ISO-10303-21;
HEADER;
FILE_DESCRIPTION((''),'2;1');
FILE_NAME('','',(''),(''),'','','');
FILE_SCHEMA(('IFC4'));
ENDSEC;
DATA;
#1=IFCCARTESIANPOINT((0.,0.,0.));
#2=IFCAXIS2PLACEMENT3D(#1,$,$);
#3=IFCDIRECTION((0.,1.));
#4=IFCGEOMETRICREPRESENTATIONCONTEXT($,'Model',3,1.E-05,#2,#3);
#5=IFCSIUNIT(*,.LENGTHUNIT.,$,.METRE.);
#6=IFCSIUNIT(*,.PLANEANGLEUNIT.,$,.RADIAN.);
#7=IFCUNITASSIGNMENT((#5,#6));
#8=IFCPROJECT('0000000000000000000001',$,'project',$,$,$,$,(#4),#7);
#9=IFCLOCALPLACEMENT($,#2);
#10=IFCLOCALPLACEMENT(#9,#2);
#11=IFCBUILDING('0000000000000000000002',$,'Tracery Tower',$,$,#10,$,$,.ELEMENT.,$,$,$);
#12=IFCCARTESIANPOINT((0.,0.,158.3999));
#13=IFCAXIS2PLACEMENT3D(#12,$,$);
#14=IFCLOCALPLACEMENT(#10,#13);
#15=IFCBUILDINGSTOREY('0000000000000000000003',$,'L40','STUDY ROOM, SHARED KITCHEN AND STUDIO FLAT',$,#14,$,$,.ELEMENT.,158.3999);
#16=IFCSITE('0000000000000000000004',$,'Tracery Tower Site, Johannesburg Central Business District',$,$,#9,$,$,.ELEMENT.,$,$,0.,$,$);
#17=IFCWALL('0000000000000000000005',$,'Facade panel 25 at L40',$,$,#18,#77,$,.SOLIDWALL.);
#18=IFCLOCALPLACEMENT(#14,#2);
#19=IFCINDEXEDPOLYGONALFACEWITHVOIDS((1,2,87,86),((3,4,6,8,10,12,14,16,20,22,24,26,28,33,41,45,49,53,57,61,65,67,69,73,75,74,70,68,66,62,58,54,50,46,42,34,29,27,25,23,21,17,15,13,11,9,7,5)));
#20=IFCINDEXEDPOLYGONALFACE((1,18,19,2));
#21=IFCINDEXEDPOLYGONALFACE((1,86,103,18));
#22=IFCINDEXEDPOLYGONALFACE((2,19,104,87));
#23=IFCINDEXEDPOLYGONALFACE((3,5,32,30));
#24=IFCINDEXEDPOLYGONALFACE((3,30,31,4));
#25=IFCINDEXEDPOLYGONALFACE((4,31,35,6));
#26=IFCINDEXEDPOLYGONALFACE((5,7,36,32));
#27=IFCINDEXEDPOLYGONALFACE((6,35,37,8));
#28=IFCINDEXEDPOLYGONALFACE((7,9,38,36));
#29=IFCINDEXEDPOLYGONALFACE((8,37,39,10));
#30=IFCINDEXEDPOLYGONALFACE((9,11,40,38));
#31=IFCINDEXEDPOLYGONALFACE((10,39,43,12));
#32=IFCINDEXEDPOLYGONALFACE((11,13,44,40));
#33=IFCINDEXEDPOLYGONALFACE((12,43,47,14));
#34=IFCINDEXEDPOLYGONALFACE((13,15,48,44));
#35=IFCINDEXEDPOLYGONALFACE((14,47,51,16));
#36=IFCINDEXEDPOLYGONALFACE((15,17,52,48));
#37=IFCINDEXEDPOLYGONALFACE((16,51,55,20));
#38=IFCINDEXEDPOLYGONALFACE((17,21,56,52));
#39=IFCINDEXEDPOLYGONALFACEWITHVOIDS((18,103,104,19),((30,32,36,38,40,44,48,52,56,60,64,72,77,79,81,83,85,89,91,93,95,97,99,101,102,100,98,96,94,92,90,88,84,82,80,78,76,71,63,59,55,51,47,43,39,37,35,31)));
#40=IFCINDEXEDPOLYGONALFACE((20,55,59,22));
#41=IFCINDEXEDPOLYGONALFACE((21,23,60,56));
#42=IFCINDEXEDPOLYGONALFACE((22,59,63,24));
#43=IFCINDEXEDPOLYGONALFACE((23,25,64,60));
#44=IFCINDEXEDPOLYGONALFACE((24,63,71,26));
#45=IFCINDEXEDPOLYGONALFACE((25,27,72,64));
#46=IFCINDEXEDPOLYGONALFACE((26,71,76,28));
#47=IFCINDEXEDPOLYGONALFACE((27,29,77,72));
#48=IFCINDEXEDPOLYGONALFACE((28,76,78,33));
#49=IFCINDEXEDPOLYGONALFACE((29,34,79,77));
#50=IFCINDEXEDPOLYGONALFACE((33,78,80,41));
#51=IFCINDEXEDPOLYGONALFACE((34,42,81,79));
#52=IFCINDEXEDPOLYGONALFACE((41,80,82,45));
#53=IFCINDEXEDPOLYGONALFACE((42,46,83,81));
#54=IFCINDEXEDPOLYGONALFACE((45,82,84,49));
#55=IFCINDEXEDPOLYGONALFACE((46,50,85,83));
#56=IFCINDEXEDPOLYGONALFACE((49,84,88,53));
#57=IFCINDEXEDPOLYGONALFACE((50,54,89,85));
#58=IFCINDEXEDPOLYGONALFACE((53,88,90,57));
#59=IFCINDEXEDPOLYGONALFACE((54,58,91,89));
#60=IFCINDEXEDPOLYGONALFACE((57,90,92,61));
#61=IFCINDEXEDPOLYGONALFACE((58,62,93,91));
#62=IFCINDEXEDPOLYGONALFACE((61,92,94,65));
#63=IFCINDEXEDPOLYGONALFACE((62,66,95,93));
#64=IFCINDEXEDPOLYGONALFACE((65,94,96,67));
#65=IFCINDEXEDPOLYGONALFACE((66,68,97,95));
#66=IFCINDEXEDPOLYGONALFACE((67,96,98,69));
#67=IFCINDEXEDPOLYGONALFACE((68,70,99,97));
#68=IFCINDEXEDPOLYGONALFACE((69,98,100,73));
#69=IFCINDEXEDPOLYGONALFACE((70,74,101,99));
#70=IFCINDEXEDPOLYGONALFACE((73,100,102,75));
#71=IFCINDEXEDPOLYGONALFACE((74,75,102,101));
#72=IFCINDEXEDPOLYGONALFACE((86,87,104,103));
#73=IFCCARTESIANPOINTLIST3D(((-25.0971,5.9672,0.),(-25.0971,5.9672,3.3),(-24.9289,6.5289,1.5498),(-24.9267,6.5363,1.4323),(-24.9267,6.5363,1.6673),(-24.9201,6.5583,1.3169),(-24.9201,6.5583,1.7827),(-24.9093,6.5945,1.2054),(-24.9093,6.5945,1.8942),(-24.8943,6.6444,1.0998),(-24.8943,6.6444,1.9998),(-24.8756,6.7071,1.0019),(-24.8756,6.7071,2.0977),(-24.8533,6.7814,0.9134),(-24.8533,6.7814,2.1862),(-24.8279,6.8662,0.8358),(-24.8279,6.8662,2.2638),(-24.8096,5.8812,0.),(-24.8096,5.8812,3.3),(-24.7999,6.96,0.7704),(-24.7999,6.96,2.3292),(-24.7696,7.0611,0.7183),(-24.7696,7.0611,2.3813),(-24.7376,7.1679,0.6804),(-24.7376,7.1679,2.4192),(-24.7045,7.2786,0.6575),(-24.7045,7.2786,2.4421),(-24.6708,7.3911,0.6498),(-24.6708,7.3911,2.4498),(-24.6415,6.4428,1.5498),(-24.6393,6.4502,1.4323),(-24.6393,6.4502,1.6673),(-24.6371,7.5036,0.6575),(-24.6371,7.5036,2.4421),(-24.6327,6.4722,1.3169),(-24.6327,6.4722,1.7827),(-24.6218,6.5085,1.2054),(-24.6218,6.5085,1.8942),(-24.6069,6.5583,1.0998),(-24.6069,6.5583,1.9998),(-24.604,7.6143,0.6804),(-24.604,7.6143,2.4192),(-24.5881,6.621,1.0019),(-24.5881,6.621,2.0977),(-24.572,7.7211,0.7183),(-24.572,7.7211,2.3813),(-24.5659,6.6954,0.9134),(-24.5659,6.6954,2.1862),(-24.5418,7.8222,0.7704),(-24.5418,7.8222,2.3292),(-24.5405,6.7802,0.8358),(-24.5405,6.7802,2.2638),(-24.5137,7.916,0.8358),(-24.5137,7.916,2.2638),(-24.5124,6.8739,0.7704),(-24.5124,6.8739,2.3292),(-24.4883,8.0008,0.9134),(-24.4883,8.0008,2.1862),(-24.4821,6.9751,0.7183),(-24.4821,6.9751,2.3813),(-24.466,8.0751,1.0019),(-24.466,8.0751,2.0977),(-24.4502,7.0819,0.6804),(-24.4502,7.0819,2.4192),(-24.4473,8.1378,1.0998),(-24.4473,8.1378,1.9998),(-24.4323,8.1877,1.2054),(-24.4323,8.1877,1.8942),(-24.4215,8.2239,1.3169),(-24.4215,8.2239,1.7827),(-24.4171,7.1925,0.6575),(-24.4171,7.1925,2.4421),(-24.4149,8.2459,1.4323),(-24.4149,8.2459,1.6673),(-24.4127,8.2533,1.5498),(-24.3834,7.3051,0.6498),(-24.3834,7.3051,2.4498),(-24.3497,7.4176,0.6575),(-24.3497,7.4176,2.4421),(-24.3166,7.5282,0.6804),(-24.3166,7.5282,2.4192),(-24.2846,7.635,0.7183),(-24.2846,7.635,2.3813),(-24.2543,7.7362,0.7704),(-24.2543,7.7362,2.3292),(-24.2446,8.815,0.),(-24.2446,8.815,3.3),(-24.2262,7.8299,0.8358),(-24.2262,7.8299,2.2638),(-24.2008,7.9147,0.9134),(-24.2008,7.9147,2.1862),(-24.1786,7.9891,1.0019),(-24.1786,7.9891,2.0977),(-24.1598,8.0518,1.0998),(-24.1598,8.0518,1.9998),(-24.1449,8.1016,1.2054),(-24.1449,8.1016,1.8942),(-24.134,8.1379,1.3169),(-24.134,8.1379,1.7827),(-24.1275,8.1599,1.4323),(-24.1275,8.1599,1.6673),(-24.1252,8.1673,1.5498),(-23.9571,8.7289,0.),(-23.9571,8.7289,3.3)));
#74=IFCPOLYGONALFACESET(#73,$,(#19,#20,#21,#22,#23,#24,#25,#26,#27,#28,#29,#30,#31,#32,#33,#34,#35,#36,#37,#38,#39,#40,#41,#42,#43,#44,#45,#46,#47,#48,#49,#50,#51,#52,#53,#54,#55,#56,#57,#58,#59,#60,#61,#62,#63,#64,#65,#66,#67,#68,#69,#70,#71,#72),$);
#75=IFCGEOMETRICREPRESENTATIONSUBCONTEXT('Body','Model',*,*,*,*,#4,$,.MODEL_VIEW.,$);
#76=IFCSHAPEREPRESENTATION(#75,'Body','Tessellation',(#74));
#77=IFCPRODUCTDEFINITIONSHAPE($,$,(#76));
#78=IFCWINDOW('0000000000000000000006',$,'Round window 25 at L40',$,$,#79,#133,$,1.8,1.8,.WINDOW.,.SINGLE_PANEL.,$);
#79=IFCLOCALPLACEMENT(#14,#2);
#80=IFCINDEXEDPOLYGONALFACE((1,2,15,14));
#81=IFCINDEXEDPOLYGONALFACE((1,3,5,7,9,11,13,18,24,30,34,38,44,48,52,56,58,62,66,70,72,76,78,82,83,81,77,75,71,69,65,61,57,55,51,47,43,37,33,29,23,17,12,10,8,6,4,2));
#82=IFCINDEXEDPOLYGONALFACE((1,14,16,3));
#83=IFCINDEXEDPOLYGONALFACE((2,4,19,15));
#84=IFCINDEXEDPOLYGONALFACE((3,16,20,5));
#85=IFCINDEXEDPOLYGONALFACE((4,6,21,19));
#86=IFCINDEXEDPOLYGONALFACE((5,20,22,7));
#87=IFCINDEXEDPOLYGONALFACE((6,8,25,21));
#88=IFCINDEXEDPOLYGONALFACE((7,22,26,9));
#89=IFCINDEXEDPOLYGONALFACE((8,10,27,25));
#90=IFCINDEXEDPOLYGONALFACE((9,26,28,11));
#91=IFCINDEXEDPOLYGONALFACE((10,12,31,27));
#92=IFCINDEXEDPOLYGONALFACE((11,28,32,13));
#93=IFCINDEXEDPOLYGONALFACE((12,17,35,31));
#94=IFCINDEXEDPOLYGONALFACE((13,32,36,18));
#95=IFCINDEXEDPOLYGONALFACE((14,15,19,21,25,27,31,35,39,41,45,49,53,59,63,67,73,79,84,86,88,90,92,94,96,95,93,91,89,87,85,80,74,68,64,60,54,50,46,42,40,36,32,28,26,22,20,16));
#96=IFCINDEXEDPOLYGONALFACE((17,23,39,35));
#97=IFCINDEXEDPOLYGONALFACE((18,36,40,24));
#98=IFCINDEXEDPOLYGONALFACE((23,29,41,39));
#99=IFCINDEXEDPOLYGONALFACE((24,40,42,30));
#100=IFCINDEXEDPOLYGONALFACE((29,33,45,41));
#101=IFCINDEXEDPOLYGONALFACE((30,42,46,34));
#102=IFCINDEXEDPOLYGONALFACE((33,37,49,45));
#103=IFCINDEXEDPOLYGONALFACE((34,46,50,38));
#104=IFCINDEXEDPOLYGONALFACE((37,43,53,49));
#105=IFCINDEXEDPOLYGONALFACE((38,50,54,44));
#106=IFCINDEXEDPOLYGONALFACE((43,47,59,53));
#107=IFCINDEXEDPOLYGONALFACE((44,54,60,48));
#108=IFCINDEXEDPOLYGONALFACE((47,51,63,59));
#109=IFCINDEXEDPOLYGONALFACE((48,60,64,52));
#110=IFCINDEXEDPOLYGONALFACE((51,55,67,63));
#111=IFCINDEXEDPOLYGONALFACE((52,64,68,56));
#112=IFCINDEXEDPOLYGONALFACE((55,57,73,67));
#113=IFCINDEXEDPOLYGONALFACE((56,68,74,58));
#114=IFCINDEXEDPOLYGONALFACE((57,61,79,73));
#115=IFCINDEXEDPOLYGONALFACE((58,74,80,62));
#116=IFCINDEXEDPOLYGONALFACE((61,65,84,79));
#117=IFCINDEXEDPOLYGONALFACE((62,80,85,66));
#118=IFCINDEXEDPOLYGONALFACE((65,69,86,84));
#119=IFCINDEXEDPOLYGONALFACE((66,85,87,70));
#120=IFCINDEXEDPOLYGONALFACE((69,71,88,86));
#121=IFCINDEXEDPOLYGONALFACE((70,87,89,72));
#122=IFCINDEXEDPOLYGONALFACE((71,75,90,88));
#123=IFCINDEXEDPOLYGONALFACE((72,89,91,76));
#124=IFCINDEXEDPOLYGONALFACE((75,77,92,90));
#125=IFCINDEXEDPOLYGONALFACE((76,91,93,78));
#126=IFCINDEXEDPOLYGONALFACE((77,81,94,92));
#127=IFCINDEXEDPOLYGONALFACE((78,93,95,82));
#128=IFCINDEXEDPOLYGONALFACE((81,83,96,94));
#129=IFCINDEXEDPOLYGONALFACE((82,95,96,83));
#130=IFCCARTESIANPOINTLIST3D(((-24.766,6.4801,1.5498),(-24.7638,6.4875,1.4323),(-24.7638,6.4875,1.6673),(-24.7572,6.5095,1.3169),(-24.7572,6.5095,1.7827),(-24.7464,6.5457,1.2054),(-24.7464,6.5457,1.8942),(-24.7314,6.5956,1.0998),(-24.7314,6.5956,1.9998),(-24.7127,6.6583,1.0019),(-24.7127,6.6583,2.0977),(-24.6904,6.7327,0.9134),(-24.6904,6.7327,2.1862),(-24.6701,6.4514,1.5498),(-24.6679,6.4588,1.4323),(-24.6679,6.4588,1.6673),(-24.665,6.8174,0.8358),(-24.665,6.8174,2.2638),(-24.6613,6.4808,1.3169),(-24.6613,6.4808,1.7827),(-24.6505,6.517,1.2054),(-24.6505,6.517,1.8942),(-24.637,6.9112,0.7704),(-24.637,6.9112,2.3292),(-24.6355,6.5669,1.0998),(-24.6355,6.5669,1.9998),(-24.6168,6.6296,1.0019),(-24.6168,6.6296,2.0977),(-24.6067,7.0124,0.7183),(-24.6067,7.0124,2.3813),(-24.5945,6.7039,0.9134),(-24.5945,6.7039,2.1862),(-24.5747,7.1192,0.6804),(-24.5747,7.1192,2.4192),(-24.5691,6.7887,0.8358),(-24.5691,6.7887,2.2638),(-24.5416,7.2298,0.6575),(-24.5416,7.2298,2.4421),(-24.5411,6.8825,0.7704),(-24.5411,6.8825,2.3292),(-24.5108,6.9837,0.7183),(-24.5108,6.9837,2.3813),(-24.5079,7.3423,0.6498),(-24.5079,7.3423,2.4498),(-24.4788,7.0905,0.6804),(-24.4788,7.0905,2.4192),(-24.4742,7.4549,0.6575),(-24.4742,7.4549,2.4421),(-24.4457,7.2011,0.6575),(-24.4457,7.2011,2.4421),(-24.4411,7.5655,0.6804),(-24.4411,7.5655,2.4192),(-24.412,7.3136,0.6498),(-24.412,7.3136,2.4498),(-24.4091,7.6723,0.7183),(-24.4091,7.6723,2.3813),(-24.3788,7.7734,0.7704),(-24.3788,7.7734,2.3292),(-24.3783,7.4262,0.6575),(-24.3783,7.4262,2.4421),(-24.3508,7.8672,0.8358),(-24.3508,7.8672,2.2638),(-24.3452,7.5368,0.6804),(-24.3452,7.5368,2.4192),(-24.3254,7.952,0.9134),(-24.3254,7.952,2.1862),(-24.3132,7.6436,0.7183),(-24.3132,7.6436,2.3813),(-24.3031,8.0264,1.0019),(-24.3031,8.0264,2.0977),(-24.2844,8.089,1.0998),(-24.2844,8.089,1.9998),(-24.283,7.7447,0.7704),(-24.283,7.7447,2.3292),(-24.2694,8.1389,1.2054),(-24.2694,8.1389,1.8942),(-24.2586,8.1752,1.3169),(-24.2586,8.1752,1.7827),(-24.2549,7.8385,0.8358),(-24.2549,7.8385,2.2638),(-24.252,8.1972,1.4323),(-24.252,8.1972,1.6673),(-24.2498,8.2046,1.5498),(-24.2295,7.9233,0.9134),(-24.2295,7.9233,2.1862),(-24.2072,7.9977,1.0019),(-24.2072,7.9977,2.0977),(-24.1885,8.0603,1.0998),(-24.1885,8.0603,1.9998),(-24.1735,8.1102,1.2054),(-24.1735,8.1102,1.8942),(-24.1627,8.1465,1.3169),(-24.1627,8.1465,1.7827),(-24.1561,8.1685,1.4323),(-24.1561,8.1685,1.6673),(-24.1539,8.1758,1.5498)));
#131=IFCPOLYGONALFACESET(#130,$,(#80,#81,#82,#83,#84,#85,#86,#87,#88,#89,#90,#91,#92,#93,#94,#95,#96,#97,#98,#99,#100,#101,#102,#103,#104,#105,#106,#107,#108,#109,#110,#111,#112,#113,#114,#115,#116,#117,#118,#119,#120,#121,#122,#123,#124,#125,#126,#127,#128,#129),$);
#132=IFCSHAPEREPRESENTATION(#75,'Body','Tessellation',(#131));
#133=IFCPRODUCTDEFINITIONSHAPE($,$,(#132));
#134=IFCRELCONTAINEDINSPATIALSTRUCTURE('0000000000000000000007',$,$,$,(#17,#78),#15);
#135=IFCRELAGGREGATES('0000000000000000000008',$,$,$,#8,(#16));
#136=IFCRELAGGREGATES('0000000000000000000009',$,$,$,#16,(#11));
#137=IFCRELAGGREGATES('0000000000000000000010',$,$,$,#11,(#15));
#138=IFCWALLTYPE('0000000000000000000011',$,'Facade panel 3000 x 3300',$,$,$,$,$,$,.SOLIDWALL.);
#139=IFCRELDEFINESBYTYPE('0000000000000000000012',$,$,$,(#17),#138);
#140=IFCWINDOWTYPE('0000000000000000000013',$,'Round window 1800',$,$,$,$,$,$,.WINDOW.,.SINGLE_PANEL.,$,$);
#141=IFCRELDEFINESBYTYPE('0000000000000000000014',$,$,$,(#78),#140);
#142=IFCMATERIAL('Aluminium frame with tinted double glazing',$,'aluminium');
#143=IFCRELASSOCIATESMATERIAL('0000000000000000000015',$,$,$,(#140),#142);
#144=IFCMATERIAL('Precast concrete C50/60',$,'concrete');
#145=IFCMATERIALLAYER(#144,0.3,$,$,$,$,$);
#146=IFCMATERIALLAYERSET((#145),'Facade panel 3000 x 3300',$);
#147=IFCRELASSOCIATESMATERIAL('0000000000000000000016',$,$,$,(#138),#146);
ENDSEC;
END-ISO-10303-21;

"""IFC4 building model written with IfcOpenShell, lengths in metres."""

from ifc_helpers import new_model, si_unit, direction, frame, frame_2d, origin, origin_2d, place, context, subcontext, project, spatial, rectangle, circle, extrude, material, layer, layer_set, type_object, element, fill, save


model = new_model("IFC4")

# Units and contexts
model_context = context("Model", 3, precision=1e-05, world=origin(), true_north=direction((0.0, 1.0)))
body_context = subcontext(model_context, "Body", "Model", "MODEL_VIEW")
ifc_project = project(units=[si_unit("LENGTHUNIT", "METRE"), si_unit("PLANEANGLEUNIT", "RADIAN")], contexts=[model_context])

# Site, building, storey
site_placement = place(None, origin())
site = spatial("IfcSite", under=ifc_project, at=site_placement, Name="Tracery Tower Site, Johannesburg Central Business District", CompositionType="ELEMENT", RefElevation=0.0)
building_placement = place(site_placement, origin())
building = spatial("IfcBuilding", under=site, at=building_placement, Name="Tracery Tower", CompositionType="ELEMENT")
storey_placement = place(building_placement, frame((0.0, 0.0, 158.3999)))
storey = spatial("IfcBuildingStorey", under=building, at=storey_placement, Name="L40", Description="STUDY ROOM, SHARED KITCHEN AND STUDIO FLAT", CompositionType="ELEMENT", Elevation=158.3999)

# Wall, opening, window
ifc_material_1 = material(Name="Aluminium frame with tinted double glazing", Category="aluminium")
window_type = type_object("IfcWindowType", Name="Round window 1800", PartitioningType="SINGLE_PANEL", PredefinedType="WINDOW", material=ifc_material_1)
ifc_material_2 = material(Name="Precast concrete C50/60", Category="concrete")
ifc_layer_1 = layer(ifc_material_2, 0.3)
ifc_layer_set_1 = layer_set([ifc_layer_1], Name="Facade panel 3000 x 3300")
wall_type_1 = type_object("IfcWallType", Name="Facade panel 3000 x 3300", PredefinedType="SOLIDWALL", material=ifc_layer_set_1)
wall_1_placement = place(storey_placement, frame((-24.1008, 8.772, 0.0), z_axis=(0.0, 0.0, 1.0), x_axis=(-0.286783, -0.957996, 0.0)))
wall_1 = element("IfcWall", 1, at=wall_1_placement, inside=storey, type_object=wall_type_1, Name="Facade panel 25 at L40", PredefinedType="SOLIDWALL", context=body_context, shape_type="SweptSolid", body=[
    extrude(rectangle(XDim=2.9727, YDim=0.3, at=frame_2d((1.4863, 0.0))), origin(), (0.0, 0.0, 1.0), 3.3),
])
opening_1_placement = place(wall_1_placement, frame((1.4863, 0.0, 1.5498)))
opening_1 = element("IfcOpeningElement", 2, at=opening_1_placement, cuts=wall_1, PredefinedType="OPENING", context=body_context, shape_type="SweptSolid", body=[
    extrude(circle(Radius=0.9, at=origin_2d()), frame((0.0, 0.1599, 0.0), z_axis=(0.0, -1.0, 0.0), x_axis=(1.0, 0.0, 0.0)), (0.0, 0.0, 1.0), 0.3201),
])
window_1_placement = place(opening_1_placement, origin())
window_1 = element("IfcWindow", 3, at=window_1_placement, inside=storey, type_object=window_type, Name="Round window 25 at L40", OverallHeight=1.8, OverallWidth=1.8, PartitioningType="SINGLE_PANEL", PredefinedType="WINDOW", context=body_context, shape_type="SweptSolid", body=[
    extrude(circle(Radius=0.9, at=origin_2d()), frame((0.0, 0.1201, 0.0), z_axis=(0.0, -1.0, 0.0), x_axis=(1.0, 0.0, 0.0)), (0.0, 0.0, 1.0), 0.1001),
])
fill(opening_1, window_1)

save(model, "model.ifc")
